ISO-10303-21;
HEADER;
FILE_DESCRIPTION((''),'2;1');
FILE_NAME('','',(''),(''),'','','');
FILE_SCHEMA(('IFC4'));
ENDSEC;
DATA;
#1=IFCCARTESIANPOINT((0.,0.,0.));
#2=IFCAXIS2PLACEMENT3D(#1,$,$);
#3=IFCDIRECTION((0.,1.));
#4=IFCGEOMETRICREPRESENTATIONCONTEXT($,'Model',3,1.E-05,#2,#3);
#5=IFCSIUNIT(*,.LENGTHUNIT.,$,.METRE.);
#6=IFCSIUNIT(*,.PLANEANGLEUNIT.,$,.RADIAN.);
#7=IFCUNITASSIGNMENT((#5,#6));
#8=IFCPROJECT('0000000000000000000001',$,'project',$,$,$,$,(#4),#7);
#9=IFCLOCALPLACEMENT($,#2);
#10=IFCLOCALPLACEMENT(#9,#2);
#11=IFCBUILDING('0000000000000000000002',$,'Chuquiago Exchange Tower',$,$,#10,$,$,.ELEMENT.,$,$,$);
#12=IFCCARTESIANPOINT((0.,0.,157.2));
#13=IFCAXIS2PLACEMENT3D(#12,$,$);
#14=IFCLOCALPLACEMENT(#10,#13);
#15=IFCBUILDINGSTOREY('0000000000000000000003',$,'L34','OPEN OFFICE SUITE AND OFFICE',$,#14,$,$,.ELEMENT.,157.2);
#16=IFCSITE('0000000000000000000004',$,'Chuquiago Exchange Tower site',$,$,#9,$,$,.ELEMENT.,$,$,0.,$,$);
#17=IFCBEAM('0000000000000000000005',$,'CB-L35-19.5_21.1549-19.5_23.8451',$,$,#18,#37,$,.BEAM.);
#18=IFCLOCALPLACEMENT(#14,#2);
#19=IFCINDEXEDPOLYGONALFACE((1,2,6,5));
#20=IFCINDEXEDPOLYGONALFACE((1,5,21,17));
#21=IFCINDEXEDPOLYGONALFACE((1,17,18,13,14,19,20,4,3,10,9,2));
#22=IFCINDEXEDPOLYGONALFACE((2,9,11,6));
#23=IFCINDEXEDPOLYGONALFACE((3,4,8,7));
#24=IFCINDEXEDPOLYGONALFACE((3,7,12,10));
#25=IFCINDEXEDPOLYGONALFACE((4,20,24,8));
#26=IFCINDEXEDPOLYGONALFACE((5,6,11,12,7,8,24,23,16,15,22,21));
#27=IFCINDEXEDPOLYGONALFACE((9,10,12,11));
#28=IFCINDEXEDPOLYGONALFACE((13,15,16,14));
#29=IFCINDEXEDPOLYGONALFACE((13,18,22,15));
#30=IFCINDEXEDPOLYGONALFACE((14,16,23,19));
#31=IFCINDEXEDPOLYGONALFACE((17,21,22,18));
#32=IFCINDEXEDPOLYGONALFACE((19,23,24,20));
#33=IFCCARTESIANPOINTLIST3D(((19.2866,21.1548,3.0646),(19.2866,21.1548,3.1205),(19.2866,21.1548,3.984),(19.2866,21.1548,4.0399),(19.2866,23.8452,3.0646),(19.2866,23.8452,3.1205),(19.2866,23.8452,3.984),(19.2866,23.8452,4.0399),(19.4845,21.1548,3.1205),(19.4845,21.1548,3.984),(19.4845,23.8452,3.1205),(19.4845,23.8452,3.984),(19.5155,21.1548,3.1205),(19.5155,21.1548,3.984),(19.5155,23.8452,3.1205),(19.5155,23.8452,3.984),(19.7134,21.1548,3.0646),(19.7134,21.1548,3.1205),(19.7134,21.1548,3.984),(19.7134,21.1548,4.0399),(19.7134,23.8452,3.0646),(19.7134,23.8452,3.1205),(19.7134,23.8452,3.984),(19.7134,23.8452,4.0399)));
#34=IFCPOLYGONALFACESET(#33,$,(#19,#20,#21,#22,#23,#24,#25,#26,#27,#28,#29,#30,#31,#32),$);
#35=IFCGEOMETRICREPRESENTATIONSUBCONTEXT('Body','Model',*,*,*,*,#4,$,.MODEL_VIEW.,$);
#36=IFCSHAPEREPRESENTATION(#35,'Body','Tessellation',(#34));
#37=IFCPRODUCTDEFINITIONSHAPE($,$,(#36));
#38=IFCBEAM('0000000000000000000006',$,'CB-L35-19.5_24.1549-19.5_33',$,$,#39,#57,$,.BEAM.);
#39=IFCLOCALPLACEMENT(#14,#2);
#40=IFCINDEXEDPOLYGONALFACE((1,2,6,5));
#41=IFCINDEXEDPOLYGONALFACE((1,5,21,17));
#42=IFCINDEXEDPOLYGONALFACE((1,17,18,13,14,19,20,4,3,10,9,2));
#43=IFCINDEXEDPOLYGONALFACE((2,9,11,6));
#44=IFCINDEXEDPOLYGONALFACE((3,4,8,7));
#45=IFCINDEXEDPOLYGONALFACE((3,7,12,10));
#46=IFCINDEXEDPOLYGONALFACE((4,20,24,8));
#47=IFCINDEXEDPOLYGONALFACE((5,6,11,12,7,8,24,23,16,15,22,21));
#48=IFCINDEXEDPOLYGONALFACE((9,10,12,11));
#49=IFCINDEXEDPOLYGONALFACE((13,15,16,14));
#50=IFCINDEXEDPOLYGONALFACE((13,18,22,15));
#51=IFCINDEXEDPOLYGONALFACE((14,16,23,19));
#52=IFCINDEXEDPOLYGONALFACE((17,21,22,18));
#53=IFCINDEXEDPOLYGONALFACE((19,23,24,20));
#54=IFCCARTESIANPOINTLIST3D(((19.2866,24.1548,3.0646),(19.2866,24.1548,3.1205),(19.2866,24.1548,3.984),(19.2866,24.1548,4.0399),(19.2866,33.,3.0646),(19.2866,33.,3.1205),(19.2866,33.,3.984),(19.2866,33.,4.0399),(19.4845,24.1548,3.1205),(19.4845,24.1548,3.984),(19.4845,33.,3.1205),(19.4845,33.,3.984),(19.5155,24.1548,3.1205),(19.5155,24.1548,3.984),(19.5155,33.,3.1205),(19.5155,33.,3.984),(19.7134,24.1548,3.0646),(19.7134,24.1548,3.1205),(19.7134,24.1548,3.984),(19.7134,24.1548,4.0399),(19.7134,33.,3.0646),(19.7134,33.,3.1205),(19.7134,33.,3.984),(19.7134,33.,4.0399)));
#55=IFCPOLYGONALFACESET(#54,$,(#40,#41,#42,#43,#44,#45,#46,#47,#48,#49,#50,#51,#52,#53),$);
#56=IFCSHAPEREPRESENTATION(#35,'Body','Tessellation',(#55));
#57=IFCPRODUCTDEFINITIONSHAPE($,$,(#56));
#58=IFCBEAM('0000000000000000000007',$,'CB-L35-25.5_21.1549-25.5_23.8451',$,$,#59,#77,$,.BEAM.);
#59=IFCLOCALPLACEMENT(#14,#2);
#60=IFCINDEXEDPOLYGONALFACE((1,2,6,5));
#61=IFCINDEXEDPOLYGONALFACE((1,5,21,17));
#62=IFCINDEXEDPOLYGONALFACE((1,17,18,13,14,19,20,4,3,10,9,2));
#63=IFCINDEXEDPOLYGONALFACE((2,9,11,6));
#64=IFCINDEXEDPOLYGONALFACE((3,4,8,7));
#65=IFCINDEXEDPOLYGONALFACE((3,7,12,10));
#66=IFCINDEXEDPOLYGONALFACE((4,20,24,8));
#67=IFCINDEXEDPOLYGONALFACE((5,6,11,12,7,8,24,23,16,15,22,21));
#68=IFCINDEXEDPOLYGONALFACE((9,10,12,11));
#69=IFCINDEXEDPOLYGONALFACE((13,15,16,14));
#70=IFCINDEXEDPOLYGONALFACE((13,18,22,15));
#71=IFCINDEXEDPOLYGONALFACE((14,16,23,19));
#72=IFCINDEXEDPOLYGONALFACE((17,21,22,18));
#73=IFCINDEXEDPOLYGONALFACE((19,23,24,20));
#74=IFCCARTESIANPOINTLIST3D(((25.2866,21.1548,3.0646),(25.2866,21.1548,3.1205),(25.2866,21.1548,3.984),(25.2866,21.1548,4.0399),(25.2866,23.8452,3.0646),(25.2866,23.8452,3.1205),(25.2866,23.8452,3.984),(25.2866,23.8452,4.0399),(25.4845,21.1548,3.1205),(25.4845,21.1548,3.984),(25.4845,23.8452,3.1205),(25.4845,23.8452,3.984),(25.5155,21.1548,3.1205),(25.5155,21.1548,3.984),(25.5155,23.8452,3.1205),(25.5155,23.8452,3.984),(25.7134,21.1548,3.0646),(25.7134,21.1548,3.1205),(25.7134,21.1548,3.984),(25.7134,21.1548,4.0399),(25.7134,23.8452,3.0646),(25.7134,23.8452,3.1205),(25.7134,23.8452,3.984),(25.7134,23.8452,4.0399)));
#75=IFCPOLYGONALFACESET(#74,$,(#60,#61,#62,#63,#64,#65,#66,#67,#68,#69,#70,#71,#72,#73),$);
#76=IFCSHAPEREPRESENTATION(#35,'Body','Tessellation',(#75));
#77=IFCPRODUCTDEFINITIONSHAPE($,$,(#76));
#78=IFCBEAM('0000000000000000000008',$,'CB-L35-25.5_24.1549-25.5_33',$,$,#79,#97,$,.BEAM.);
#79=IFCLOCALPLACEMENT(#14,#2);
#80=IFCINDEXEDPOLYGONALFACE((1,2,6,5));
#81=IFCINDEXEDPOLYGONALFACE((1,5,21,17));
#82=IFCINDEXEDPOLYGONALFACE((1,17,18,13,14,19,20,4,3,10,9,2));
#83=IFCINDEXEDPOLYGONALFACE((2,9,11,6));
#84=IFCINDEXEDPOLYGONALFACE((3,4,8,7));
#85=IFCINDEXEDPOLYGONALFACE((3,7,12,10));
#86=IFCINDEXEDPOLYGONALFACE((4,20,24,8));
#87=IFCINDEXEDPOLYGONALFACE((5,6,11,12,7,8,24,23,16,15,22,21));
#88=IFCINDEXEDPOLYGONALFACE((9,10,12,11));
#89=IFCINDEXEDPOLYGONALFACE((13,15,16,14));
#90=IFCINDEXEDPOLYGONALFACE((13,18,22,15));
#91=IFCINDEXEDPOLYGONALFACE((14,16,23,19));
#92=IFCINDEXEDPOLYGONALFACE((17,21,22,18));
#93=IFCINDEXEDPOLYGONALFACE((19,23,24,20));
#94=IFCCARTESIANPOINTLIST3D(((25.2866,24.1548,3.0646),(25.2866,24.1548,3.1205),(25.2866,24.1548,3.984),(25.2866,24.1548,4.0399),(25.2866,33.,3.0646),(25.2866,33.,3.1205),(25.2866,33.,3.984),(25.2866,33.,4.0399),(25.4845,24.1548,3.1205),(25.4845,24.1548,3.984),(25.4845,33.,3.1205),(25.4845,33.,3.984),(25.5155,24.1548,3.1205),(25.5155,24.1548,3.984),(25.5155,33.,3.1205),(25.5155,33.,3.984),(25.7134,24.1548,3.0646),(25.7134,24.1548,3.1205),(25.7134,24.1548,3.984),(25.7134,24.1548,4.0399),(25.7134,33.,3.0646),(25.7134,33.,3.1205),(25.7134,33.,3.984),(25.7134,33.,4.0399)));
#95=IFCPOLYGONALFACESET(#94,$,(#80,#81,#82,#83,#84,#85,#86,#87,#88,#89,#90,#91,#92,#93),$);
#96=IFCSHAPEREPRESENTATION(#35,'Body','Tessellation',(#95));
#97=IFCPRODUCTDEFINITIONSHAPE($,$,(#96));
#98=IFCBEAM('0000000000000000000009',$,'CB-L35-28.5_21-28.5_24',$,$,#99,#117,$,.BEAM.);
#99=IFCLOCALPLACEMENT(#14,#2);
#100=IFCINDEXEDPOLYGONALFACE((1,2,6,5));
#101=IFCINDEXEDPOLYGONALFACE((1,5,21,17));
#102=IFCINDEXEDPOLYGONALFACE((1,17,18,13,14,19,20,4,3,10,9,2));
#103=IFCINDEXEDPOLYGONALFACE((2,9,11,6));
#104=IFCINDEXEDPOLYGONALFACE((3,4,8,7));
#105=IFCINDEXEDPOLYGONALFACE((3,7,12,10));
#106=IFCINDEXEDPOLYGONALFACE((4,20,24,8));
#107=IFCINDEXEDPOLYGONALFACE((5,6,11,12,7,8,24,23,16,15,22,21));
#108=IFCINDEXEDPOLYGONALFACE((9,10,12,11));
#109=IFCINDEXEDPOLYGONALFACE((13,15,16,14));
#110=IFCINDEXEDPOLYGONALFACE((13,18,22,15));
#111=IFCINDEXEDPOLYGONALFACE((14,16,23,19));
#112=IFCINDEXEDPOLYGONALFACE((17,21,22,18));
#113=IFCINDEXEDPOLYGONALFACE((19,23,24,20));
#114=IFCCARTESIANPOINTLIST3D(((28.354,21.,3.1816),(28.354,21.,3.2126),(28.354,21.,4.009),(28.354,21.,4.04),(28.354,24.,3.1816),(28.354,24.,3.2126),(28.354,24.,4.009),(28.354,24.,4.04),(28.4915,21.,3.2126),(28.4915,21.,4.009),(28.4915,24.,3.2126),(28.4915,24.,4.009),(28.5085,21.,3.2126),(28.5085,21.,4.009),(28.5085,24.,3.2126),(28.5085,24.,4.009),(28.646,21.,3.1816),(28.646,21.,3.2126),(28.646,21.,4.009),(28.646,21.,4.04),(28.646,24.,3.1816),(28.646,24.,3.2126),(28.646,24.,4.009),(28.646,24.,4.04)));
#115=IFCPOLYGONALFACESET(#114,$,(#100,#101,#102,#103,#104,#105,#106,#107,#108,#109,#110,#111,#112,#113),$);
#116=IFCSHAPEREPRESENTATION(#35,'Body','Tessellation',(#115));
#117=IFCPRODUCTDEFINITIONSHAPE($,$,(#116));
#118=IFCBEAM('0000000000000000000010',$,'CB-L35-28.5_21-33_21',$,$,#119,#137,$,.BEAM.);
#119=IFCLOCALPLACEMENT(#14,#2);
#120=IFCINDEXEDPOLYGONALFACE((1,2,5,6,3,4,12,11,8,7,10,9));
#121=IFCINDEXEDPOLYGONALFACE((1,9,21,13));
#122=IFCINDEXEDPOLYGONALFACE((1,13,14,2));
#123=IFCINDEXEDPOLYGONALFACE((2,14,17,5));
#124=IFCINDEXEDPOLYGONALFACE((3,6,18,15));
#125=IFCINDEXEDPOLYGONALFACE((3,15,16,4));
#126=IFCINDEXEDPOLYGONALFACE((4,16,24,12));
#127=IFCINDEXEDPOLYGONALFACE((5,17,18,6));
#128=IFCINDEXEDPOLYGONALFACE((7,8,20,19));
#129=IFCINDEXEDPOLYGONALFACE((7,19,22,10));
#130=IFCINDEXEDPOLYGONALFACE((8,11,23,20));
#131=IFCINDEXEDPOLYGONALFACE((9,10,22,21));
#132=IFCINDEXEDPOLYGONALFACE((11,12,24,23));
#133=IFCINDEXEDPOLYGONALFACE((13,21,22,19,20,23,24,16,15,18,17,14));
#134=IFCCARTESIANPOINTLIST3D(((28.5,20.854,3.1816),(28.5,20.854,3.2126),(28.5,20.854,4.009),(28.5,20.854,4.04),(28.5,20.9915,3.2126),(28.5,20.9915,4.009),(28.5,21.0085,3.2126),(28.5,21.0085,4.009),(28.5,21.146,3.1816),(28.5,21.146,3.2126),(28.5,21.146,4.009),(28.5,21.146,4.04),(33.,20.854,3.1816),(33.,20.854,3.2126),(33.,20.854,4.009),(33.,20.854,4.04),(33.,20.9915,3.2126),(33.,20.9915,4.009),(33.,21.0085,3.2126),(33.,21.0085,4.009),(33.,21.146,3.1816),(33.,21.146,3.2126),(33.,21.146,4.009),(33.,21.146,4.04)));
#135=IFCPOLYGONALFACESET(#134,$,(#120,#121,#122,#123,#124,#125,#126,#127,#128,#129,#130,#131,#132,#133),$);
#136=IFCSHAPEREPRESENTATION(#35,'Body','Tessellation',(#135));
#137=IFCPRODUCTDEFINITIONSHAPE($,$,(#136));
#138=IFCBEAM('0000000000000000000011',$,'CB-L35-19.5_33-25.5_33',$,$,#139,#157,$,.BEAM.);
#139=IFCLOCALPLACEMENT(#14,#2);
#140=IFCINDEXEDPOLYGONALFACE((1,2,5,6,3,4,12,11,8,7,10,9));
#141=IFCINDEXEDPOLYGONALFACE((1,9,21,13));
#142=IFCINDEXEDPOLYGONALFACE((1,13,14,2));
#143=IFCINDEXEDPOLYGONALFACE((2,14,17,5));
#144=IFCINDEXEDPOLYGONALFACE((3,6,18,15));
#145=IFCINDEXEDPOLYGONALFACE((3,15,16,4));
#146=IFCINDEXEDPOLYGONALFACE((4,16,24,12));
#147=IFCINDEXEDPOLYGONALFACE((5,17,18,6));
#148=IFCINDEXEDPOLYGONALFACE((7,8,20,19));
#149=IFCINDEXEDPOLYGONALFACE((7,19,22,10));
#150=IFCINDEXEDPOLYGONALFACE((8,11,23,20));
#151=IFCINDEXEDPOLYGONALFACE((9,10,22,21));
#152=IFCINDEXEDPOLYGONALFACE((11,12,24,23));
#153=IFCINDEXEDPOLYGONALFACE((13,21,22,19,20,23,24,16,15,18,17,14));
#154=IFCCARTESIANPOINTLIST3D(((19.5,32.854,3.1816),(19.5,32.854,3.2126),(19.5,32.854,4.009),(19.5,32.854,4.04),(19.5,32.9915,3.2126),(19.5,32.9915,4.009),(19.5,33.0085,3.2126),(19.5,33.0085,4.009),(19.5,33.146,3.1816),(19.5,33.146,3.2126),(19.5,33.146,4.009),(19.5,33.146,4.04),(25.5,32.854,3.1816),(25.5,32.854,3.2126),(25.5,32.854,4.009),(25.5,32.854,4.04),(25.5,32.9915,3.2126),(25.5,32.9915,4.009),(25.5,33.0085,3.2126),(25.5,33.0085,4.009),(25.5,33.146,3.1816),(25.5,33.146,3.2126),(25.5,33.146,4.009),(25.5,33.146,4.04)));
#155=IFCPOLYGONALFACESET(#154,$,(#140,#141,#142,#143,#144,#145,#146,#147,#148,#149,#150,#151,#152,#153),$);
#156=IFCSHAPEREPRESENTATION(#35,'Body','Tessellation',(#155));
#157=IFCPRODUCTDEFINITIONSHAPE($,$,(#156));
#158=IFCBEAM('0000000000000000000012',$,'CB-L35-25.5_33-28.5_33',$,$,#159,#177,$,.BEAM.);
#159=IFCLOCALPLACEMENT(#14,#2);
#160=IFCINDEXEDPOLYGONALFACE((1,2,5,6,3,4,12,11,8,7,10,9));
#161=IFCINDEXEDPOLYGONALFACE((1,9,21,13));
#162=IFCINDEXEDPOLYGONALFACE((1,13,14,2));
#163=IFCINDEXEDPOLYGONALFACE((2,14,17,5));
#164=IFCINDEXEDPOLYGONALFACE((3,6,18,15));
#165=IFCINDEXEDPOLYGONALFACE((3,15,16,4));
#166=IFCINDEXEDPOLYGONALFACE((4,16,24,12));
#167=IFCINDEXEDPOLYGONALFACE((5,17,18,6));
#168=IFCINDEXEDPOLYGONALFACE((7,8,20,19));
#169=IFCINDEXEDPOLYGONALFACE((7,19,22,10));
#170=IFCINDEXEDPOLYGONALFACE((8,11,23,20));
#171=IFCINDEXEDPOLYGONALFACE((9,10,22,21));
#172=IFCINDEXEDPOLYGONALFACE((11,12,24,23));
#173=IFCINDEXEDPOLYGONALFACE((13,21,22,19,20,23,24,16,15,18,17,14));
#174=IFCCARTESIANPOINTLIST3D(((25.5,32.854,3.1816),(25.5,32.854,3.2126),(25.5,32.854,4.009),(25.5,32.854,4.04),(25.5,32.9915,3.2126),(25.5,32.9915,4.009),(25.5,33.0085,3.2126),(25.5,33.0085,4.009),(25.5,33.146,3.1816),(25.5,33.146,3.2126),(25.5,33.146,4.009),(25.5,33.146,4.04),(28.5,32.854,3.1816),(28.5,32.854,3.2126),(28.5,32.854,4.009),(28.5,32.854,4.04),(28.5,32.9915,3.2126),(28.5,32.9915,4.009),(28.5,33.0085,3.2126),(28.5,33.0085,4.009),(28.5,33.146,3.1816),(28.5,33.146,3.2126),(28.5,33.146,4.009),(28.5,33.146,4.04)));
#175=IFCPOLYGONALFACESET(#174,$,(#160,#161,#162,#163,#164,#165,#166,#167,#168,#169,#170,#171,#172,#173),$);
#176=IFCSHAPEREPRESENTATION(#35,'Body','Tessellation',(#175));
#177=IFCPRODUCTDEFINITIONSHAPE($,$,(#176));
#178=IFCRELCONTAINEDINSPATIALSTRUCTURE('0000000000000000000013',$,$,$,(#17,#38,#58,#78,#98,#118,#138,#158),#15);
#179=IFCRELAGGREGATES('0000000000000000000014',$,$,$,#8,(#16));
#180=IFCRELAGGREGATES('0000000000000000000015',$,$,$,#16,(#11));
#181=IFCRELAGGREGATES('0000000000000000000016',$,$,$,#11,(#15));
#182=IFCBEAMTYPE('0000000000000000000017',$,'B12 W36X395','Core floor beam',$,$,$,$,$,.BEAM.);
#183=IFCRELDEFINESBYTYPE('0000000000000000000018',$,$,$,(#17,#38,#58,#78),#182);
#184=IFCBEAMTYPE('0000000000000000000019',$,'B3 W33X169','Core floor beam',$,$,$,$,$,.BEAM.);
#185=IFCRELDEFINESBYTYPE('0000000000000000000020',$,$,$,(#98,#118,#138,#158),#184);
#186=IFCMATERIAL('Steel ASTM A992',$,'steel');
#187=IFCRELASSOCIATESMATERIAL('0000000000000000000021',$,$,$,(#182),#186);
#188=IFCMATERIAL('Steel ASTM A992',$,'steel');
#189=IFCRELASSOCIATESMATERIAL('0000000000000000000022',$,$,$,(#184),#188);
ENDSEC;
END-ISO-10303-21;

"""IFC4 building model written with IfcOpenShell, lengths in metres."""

from ifc_helpers import new_model, si_unit, direction, frame, origin, origin_2d, place, context, subcontext, project, spatial, i_section, extrude, material, material_profile, profile_set, type_object, element, save


model = new_model("IFC4")

# Units and contexts
model_context = context("Model", 3, precision=1e-05, world=origin(), true_north=direction((0.0, 1.0)))
body_context = subcontext(model_context, "Body", "Model", "MODEL_VIEW")
ifc_project = project(units=[si_unit("LENGTHUNIT", "METRE"), si_unit("PLANEANGLEUNIT", "RADIAN")], contexts=[model_context])

# Site, building, storey
site_placement = place(None, origin())
site = spatial("IfcSite", under=ifc_project, at=site_placement, Name="Chuquiago Exchange Tower site", CompositionType="ELEMENT", RefElevation=0.0)
building_placement = place(site_placement, origin())
building = spatial("IfcBuilding", under=site, at=building_placement, Name="Chuquiago Exchange Tower", CompositionType="ELEMENT")
storey_placement = place(building_placement, frame((0.0, 0.0, 157.2)))
storey = spatial("IfcBuildingStorey", under=building, at=storey_placement, Name="L34", Description="OPEN OFFICE SUITE AND OFFICE", CompositionType="ELEMENT", Elevation=157.2)

# Beams
ifc_material_1 = material(Name="Steel ASTM A992", Category="steel")
ifc_material_profile_1 = material_profile(ifc_material_1, i_section(OverallWidth=0.4268, OverallDepth=0.9753, WebThickness=0.031, FlangeThickness=0.0559, at=origin_2d()), Name="W36X395")
ifc_profile_set_1 = profile_set([ifc_material_profile_1], Name="Steel ASTM A992")
beam_type_1 = type_object("IfcBeamType", Name="B12 W36X395", Description="Core floor beam", PredefinedType="BEAM", material=ifc_profile_set_1)
beam_1_placement = place(storey_placement, frame((19.5, 21.1548, 3.5522), z_axis=(0.0, 1.0, 0.0), x_axis=(-1.0, 0.0, 0.0)))
element("IfcBeam", 1, at=beam_1_placement, inside=storey, type_object=beam_type_1, Name="CB-L35-19.5_21.1549-19.5_23.8451", PredefinedType="BEAM", context=body_context, shape_type="SweptSolid", body=[
    extrude(i_section(OverallWidth=0.4268, OverallDepth=0.9753, WebThickness=0.031, FlangeThickness=0.0559, at=origin_2d()), origin(), (0.0, 0.0, 1.0), 2.6904),
])
beam_2_placement = place(storey_placement, frame((19.5, 24.1548, 3.5522), z_axis=(0.0, 1.0, 0.0), x_axis=(-1.0, 0.0, 0.0)))
element("IfcBeam", 2, at=beam_2_placement, inside=storey, type_object=beam_type_1, Name="CB-L35-19.5_24.1549-19.5_33", PredefinedType="BEAM", context=body_context, shape_type="SweptSolid", body=[
    extrude(i_section(OverallWidth=0.4268, OverallDepth=0.9753, WebThickness=0.031, FlangeThickness=0.0559, at=origin_2d()), origin(), (0.0, 0.0, 1.0), 8.8452),
])
beam_3_placement = place(storey_placement, frame((25.5, 21.1548, 3.5522), z_axis=(0.0, 1.0, 0.0), x_axis=(-1.0, 0.0, 0.0)))
element("IfcBeam", 3, at=beam_3_placement, inside=storey, type_object=beam_type_1, Name="CB-L35-25.5_21.1549-25.5_23.8451", PredefinedType="BEAM", context=body_context, shape_type="SweptSolid", body=[
    extrude(i_section(OverallWidth=0.4268, OverallDepth=0.9753, WebThickness=0.031, FlangeThickness=0.0559, at=origin_2d()), origin(), (0.0, 0.0, 1.0), 2.6904),
])
beam_4_placement = place(storey_placement, frame((25.5, 24.1548, 3.5522), z_axis=(0.0, 1.0, 0.0), x_axis=(-1.0, 0.0, 0.0)))
element("IfcBeam", 4, at=beam_4_placement, inside=storey, type_object=beam_type_1, Name="CB-L35-25.5_24.1549-25.5_33", PredefinedType="BEAM", context=body_context, shape_type="SweptSolid", body=[
    extrude(i_section(OverallWidth=0.4268, OverallDepth=0.9753, WebThickness=0.031, FlangeThickness=0.0559, at=origin_2d()), origin(), (0.0, 0.0, 1.0), 8.8452),
])
ifc_material_2 = material(Name="Steel ASTM A992", Category="steel")
ifc_material_profile_2 = material_profile(ifc_material_2, i_section(OverallWidth=0.292, OverallDepth=0.8584, WebThickness=0.0171, FlangeThickness=0.031, at=origin_2d()), Name="W33X169")
ifc_profile_set_2 = profile_set([ifc_material_profile_2], Name="Steel ASTM A992")
beam_type_2 = type_object("IfcBeamType", Name="B3 W33X169", Description="Core floor beam", PredefinedType="BEAM", material=ifc_profile_set_2)
beam_5_placement = place(storey_placement, frame((28.5, 21.0, 3.6108), z_axis=(0.0, 1.0, 0.0), x_axis=(-1.0, 0.0, 0.0)))
element("IfcBeam", 5, at=beam_5_placement, inside=storey, type_object=beam_type_2, Name="CB-L35-28.5_21-28.5_24", PredefinedType="BEAM", context=body_context, shape_type="SweptSolid", body=[
    extrude(i_section(OverallWidth=0.292, OverallDepth=0.8584, WebThickness=0.0171, FlangeThickness=0.031, at=origin_2d()), origin(), (0.0, 0.0, 1.0), 3.0),
])
beam_6_placement = place(storey_placement, frame((28.5, 21.0, 3.6108), z_axis=(1.0, 0.0, 0.0), x_axis=(0.0, 1.0, 0.0)))
element("IfcBeam", 6, at=beam_6_placement, inside=storey, type_object=beam_type_2, Name="CB-L35-28.5_21-33_21", PredefinedType="BEAM", context=body_context, shape_type="SweptSolid", body=[
    extrude(i_section(OverallWidth=0.292, OverallDepth=0.8584, WebThickness=0.0171, FlangeThickness=0.031, at=origin_2d()), origin(), (0.0, 0.0, 1.0), 4.5),
])
beam_7_placement = place(storey_placement, frame((19.5, 33.0, 3.6108), z_axis=(1.0, 0.0, 0.0), x_axis=(0.0, 1.0, 0.0)))
element("IfcBeam", 7, at=beam_7_placement, inside=storey, type_object=beam_type_2, Name="CB-L35-19.5_33-25.5_33", PredefinedType="BEAM", context=body_context, shape_type="SweptSolid", body=[
    extrude(i_section(OverallWidth=0.292, OverallDepth=0.8584, WebThickness=0.0171, FlangeThickness=0.031, at=origin_2d()), origin(), (0.0, 0.0, 1.0), 6.0),
])
beam_8_placement = place(storey_placement, frame((25.5, 33.0, 3.6108), z_axis=(1.0, 0.0, 0.0), x_axis=(0.0, 1.0, 0.0)))
element("IfcBeam", 8, at=beam_8_placement, inside=storey, type_object=beam_type_2, Name="CB-L35-25.5_33-28.5_33", PredefinedType="BEAM", context=body_context, shape_type="SweptSolid", body=[
    extrude(i_section(OverallWidth=0.292, OverallDepth=0.8584, WebThickness=0.0171, FlangeThickness=0.031, at=origin_2d()), origin(), (0.0, 0.0, 1.0), 3.0),
])

save(model, "model.ifc")
